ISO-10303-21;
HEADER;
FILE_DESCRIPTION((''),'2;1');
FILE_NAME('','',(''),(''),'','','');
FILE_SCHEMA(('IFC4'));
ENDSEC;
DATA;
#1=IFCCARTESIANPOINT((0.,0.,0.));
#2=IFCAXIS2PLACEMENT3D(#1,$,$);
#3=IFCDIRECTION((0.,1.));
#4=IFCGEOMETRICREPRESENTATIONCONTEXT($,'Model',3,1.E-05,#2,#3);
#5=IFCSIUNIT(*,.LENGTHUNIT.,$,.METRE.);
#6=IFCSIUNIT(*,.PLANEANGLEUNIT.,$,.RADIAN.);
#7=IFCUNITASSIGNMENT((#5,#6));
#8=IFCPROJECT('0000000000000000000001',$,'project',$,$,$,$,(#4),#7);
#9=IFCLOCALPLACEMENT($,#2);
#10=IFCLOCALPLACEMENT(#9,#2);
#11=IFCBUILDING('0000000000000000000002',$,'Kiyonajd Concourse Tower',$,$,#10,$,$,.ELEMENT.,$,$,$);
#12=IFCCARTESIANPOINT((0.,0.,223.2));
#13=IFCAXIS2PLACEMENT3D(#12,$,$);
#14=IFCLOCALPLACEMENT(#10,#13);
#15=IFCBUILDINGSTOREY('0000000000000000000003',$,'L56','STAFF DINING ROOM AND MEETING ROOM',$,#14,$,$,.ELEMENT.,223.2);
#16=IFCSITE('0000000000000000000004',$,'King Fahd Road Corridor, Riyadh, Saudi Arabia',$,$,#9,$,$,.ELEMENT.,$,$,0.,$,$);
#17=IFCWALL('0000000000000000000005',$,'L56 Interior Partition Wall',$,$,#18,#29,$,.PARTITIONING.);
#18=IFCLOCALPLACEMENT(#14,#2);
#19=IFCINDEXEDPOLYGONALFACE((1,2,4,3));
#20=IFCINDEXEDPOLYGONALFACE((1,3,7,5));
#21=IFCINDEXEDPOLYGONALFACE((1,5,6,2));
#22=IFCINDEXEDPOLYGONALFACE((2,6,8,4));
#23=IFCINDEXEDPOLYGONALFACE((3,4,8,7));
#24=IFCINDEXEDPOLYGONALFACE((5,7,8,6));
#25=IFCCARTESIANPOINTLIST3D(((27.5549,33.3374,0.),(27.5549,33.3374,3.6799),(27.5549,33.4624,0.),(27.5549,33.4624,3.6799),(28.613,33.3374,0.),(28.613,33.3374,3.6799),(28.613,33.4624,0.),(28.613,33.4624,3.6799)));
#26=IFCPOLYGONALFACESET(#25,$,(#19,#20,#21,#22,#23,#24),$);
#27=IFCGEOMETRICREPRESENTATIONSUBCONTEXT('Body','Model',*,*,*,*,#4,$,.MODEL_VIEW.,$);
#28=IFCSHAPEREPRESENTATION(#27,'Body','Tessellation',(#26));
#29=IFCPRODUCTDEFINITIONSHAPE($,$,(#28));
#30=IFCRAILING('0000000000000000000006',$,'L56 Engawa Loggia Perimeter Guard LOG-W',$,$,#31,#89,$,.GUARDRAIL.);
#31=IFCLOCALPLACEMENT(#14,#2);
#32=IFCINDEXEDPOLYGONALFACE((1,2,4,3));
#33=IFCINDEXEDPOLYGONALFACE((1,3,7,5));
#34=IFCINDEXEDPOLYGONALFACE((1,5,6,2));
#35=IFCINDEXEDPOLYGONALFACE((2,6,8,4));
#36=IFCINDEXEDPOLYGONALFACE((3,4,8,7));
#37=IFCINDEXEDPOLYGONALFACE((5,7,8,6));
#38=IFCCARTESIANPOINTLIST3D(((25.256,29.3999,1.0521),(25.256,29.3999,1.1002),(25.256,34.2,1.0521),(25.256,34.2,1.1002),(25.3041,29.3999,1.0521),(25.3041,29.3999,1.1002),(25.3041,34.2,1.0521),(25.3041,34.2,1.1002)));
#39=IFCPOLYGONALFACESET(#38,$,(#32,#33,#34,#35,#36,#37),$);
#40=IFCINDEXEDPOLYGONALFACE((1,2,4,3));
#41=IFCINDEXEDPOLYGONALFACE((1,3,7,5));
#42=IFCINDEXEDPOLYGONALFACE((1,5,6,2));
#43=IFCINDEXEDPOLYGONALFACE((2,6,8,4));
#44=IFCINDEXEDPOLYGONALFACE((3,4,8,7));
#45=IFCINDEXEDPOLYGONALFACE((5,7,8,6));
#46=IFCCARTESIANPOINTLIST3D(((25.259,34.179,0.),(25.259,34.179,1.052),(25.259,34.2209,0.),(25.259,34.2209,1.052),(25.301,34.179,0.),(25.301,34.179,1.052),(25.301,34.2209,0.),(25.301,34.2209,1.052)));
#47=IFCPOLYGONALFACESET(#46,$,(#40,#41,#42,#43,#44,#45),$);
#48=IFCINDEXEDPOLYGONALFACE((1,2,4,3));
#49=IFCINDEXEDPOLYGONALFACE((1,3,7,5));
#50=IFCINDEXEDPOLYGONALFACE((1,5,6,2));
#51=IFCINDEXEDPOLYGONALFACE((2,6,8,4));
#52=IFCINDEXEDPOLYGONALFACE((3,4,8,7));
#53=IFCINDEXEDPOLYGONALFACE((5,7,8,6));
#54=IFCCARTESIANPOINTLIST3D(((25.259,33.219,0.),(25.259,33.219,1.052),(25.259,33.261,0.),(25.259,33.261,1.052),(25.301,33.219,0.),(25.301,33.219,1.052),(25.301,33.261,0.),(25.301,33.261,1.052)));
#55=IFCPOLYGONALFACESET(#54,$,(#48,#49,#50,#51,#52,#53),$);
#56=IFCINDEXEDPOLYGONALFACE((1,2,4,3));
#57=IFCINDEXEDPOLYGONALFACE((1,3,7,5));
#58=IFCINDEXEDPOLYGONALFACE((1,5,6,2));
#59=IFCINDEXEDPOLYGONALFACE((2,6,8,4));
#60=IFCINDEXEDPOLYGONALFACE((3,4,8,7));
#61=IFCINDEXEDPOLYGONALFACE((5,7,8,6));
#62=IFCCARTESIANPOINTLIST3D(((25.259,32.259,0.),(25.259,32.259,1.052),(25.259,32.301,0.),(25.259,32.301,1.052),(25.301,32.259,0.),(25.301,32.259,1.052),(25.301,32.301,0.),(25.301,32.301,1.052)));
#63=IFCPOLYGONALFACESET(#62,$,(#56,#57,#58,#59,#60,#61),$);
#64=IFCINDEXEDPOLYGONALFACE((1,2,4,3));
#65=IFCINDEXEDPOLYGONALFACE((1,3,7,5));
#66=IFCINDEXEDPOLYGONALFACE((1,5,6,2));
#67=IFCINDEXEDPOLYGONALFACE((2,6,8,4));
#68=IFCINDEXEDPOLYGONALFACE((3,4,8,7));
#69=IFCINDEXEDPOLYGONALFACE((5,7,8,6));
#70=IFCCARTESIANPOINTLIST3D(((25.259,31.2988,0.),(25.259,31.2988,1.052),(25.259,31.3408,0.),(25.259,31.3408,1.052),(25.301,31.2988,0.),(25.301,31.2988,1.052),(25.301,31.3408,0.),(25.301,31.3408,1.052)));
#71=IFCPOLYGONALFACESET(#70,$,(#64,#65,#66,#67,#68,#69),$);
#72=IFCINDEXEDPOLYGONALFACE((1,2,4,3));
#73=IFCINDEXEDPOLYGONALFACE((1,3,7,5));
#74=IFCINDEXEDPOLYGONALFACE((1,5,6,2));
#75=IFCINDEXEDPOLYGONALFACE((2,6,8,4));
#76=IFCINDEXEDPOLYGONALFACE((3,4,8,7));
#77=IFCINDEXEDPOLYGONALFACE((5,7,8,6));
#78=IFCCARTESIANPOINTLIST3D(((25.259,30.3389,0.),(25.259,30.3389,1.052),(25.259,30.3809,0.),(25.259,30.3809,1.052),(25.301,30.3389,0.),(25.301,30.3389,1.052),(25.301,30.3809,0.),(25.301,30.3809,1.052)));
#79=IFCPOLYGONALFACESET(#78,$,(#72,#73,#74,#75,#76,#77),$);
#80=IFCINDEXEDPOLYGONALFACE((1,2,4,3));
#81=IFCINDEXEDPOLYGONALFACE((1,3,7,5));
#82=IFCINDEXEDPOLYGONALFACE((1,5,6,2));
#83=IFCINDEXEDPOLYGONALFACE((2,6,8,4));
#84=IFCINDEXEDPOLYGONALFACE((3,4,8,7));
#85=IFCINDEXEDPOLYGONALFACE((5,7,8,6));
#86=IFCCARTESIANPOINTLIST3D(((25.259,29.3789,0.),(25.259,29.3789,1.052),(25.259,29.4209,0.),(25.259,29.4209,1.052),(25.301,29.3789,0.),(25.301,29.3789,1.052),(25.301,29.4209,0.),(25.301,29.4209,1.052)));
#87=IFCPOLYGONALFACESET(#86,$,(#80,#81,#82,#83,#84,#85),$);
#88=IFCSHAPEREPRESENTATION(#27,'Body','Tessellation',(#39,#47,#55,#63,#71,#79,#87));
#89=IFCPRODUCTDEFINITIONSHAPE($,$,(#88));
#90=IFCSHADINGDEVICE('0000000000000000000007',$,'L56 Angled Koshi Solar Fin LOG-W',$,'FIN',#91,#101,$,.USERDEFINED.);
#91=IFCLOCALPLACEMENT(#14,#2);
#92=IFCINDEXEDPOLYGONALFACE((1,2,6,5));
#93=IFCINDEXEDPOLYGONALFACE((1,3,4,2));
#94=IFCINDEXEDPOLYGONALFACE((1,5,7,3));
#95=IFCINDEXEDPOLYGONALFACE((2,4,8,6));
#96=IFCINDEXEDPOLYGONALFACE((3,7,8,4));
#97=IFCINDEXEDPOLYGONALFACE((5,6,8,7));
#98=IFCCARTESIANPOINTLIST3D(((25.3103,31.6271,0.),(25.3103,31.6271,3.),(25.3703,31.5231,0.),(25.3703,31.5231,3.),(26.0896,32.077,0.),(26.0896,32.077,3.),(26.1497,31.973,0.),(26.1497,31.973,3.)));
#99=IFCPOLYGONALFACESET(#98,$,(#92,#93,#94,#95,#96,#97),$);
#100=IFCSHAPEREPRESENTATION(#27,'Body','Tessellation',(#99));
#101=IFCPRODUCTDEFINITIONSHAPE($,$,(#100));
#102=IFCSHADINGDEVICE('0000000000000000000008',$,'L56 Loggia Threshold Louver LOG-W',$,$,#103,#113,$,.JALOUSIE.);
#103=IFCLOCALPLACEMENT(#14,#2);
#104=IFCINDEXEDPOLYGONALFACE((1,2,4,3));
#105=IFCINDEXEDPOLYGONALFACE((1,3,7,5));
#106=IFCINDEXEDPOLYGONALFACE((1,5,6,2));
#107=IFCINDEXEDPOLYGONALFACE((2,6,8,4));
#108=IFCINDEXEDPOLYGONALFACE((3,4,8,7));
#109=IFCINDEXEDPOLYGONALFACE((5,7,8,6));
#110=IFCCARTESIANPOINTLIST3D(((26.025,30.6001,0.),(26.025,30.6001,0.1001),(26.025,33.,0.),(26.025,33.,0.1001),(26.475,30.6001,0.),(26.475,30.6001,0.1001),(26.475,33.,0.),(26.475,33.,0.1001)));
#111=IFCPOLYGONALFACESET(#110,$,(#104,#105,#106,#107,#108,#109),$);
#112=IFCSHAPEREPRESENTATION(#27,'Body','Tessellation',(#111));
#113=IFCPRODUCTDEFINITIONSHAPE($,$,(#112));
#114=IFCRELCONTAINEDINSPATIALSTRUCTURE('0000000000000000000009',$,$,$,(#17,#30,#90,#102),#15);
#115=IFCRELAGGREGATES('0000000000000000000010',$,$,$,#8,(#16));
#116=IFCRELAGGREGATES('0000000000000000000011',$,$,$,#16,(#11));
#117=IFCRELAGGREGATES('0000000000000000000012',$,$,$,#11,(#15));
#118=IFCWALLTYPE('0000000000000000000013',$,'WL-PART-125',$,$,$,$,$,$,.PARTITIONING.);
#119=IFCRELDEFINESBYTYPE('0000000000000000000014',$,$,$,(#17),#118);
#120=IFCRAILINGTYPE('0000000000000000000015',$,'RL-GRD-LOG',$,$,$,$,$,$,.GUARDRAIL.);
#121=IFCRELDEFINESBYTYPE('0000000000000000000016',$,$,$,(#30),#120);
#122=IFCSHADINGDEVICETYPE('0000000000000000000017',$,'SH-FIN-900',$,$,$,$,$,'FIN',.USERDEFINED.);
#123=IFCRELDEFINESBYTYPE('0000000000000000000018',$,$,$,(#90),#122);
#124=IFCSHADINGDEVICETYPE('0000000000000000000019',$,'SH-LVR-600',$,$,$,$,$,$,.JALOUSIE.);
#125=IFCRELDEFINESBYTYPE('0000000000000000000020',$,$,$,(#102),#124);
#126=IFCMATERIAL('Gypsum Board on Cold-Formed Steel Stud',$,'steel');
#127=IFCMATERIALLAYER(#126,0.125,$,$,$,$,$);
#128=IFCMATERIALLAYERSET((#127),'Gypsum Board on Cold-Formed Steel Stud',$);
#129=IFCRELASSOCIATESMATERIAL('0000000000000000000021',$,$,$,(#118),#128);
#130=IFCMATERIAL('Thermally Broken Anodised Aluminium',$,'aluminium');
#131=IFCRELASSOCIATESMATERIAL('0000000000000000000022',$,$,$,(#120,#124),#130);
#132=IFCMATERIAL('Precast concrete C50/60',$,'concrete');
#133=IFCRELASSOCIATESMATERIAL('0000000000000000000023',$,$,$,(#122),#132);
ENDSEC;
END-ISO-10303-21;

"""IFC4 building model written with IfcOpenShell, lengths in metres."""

from ifc_helpers import new_model, si_unit, direction, frame, frame_2d, origin, origin_2d, place, context, subcontext, project, spatial, rectangle, extrude, material, layer, layer_set, type_object, element, save


model = new_model("IFC4")

# Units and contexts
model_context = context("Model", 3, precision=1e-05, world=origin(), true_north=direction((0.0, 1.0)))
body_context = subcontext(model_context, "Body", "Model", "MODEL_VIEW")
ifc_project = project(units=[si_unit("LENGTHUNIT", "METRE"), si_unit("PLANEANGLEUNIT", "RADIAN")], contexts=[model_context])

# Site, building, storey
site_placement = place(None, origin())
site = spatial("IfcSite", under=ifc_project, at=site_placement, Name="King Fahd Road Corridor, Riyadh, Saudi Arabia", CompositionType="ELEMENT", RefElevation=0.0)
building_placement = place(site_placement, origin())
building = spatial("IfcBuilding", under=site, at=building_placement, Name="Kiyonajd Concourse Tower", CompositionType="ELEMENT")
storey_placement = place(building_placement, frame((0.0, 0.0, 223.2)))
storey = spatial("IfcBuildingStorey", under=building, at=storey_placement, Name="L56", Description="STAFF DINING ROOM AND MEETING ROOM", CompositionType="ELEMENT", Elevation=223.2)

# Shared definitions
ifc_material_1 = material(Name="Thermally Broken Anodised Aluminium", Category="aluminium")

# Shared definitions
ifc_material_2 = material(Name="Precast concrete C50/60", Category="concrete")

# Wall
ifc_material_3 = material(Name="Gypsum Board on Cold-Formed Steel Stud", Category="steel")
ifc_layer_1 = layer(ifc_material_3, 0.125)
ifc_layer_set_1 = layer_set([ifc_layer_1], Name="Gypsum Board on Cold-Formed Steel Stud")
wall_type_1 = type_object("IfcWallType", Name="WL-PART-125", PredefinedType="PARTITIONING", material=ifc_layer_set_1)
wall_1_placement = place(storey_placement, frame((27.5549, 33.3999, 0.0), z_axis=(0.0, 0.0, 1.0), x_axis=(1.0, 0.0, 0.0)))
element("IfcWall", 1, at=wall_1_placement, inside=storey, type_object=wall_type_1, Name="L56 Interior Partition Wall", PredefinedType="PARTITIONING", context=body_context, shape_type="SweptSolid", body=[
    extrude(rectangle(XDim=1.0581, YDim=0.125, at=frame_2d((0.5291, 0.0))), origin(), (0.0, 0.0, 1.0), 3.6799),
])

# Railing
railing_type = type_object("IfcRailingType", Name="RL-GRD-LOG", PredefinedType="GUARDRAIL", material=ifc_material_1)
railing_placement = place(storey_placement, frame((25.28, 34.2, 0.0)))
element("IfcRailing", 2, at=railing_placement, inside=storey, type_object=railing_type, Name="L56 Engawa Loggia Perimeter Guard LOG-W", PredefinedType="GUARDRAIL", context=body_context, shape_type="SweptSolid", body=[
    extrude(rectangle(XDim=0.0481, YDim=0.0481, at=origin_2d()), frame((0.0, 0.0, 1.0762), z_axis=(0.0, -1.0, 0.0), x_axis=(1.0, 0.0, 0.0)), (0.0, 0.0, 1.0), 4.8),
    extrude(rectangle(XDim=0.042, YDim=0.042, at=origin_2d()), origin(), (0.0, 0.0, 1.0), 1.052),
    extrude(rectangle(XDim=0.042, YDim=0.042, at=origin_2d()), frame((0.0, -0.96, 0.0)), (0.0, 0.0, 1.0), 1.052),
    extrude(rectangle(XDim=0.042, YDim=0.042, at=origin_2d()), frame((0.0, -1.9199, 0.0)), (0.0, 0.0, 1.0), 1.052),
    extrude(rectangle(XDim=0.042, YDim=0.042, at=origin_2d()), frame((0.0, -2.8801, 0.0)), (0.0, 0.0, 1.0), 1.052),
    extrude(rectangle(XDim=0.042, YDim=0.042, at=origin_2d()), frame((0.0, -3.8401, 0.0)), (0.0, 0.0, 1.0), 1.052),
    extrude(rectangle(XDim=0.042, YDim=0.042, at=origin_2d()), frame((0.0, -4.8, 0.0)), (0.0, 0.0, 1.0), 1.052),
])

# Shading devices
shading_device_type_1 = type_object("IfcShadingDeviceType", Name="SH-FIN-900", ElementType="FIN", PredefinedType="USERDEFINED", material=ifc_material_2)
shading_device_1_placement = place(storey_placement, frame((25.73, 31.8, 0.0), z_axis=(0.0, 0.0, 1.0), x_axis=(0.866025, 0.5, 0.0)))
element("IfcShadingDevice", 3, at=shading_device_1_placement, inside=storey, type_object=shading_device_type_1, Name="L56 Angled Koshi Solar Fin LOG-W", ObjectType="FIN", PredefinedType="USERDEFINED", context=body_context, shape_type="SweptSolid", body=[
    extrude(rectangle(XDim=0.8999, YDim=0.1201, at=origin_2d()), origin(), (0.0, 0.0, 1.0), 3.0),
])
shading_device_type_2 = type_object("IfcShadingDeviceType", Name="SH-LVR-600", PredefinedType="JALOUSIE", material=ifc_material_1)
shading_device_2_placement = place(storey_placement, frame((26.25, 31.8, 0.0), z_axis=(0.0, 0.0, 1.0), x_axis=(0.0, 1.0, 0.0)))
element("IfcShadingDevice", 4, at=shading_device_2_placement, inside=storey, type_object=shading_device_type_2, Name="L56 Loggia Threshold Louver LOG-W", PredefinedType="JALOUSIE", context=body_context, shape_type="SweptSolid", body=[
    extrude(rectangle(XDim=2.3999, YDim=0.45, at=origin_2d()), origin(), (0.0, 0.0, 1.0), 0.1001),
])

save(model, "model.ifc")
